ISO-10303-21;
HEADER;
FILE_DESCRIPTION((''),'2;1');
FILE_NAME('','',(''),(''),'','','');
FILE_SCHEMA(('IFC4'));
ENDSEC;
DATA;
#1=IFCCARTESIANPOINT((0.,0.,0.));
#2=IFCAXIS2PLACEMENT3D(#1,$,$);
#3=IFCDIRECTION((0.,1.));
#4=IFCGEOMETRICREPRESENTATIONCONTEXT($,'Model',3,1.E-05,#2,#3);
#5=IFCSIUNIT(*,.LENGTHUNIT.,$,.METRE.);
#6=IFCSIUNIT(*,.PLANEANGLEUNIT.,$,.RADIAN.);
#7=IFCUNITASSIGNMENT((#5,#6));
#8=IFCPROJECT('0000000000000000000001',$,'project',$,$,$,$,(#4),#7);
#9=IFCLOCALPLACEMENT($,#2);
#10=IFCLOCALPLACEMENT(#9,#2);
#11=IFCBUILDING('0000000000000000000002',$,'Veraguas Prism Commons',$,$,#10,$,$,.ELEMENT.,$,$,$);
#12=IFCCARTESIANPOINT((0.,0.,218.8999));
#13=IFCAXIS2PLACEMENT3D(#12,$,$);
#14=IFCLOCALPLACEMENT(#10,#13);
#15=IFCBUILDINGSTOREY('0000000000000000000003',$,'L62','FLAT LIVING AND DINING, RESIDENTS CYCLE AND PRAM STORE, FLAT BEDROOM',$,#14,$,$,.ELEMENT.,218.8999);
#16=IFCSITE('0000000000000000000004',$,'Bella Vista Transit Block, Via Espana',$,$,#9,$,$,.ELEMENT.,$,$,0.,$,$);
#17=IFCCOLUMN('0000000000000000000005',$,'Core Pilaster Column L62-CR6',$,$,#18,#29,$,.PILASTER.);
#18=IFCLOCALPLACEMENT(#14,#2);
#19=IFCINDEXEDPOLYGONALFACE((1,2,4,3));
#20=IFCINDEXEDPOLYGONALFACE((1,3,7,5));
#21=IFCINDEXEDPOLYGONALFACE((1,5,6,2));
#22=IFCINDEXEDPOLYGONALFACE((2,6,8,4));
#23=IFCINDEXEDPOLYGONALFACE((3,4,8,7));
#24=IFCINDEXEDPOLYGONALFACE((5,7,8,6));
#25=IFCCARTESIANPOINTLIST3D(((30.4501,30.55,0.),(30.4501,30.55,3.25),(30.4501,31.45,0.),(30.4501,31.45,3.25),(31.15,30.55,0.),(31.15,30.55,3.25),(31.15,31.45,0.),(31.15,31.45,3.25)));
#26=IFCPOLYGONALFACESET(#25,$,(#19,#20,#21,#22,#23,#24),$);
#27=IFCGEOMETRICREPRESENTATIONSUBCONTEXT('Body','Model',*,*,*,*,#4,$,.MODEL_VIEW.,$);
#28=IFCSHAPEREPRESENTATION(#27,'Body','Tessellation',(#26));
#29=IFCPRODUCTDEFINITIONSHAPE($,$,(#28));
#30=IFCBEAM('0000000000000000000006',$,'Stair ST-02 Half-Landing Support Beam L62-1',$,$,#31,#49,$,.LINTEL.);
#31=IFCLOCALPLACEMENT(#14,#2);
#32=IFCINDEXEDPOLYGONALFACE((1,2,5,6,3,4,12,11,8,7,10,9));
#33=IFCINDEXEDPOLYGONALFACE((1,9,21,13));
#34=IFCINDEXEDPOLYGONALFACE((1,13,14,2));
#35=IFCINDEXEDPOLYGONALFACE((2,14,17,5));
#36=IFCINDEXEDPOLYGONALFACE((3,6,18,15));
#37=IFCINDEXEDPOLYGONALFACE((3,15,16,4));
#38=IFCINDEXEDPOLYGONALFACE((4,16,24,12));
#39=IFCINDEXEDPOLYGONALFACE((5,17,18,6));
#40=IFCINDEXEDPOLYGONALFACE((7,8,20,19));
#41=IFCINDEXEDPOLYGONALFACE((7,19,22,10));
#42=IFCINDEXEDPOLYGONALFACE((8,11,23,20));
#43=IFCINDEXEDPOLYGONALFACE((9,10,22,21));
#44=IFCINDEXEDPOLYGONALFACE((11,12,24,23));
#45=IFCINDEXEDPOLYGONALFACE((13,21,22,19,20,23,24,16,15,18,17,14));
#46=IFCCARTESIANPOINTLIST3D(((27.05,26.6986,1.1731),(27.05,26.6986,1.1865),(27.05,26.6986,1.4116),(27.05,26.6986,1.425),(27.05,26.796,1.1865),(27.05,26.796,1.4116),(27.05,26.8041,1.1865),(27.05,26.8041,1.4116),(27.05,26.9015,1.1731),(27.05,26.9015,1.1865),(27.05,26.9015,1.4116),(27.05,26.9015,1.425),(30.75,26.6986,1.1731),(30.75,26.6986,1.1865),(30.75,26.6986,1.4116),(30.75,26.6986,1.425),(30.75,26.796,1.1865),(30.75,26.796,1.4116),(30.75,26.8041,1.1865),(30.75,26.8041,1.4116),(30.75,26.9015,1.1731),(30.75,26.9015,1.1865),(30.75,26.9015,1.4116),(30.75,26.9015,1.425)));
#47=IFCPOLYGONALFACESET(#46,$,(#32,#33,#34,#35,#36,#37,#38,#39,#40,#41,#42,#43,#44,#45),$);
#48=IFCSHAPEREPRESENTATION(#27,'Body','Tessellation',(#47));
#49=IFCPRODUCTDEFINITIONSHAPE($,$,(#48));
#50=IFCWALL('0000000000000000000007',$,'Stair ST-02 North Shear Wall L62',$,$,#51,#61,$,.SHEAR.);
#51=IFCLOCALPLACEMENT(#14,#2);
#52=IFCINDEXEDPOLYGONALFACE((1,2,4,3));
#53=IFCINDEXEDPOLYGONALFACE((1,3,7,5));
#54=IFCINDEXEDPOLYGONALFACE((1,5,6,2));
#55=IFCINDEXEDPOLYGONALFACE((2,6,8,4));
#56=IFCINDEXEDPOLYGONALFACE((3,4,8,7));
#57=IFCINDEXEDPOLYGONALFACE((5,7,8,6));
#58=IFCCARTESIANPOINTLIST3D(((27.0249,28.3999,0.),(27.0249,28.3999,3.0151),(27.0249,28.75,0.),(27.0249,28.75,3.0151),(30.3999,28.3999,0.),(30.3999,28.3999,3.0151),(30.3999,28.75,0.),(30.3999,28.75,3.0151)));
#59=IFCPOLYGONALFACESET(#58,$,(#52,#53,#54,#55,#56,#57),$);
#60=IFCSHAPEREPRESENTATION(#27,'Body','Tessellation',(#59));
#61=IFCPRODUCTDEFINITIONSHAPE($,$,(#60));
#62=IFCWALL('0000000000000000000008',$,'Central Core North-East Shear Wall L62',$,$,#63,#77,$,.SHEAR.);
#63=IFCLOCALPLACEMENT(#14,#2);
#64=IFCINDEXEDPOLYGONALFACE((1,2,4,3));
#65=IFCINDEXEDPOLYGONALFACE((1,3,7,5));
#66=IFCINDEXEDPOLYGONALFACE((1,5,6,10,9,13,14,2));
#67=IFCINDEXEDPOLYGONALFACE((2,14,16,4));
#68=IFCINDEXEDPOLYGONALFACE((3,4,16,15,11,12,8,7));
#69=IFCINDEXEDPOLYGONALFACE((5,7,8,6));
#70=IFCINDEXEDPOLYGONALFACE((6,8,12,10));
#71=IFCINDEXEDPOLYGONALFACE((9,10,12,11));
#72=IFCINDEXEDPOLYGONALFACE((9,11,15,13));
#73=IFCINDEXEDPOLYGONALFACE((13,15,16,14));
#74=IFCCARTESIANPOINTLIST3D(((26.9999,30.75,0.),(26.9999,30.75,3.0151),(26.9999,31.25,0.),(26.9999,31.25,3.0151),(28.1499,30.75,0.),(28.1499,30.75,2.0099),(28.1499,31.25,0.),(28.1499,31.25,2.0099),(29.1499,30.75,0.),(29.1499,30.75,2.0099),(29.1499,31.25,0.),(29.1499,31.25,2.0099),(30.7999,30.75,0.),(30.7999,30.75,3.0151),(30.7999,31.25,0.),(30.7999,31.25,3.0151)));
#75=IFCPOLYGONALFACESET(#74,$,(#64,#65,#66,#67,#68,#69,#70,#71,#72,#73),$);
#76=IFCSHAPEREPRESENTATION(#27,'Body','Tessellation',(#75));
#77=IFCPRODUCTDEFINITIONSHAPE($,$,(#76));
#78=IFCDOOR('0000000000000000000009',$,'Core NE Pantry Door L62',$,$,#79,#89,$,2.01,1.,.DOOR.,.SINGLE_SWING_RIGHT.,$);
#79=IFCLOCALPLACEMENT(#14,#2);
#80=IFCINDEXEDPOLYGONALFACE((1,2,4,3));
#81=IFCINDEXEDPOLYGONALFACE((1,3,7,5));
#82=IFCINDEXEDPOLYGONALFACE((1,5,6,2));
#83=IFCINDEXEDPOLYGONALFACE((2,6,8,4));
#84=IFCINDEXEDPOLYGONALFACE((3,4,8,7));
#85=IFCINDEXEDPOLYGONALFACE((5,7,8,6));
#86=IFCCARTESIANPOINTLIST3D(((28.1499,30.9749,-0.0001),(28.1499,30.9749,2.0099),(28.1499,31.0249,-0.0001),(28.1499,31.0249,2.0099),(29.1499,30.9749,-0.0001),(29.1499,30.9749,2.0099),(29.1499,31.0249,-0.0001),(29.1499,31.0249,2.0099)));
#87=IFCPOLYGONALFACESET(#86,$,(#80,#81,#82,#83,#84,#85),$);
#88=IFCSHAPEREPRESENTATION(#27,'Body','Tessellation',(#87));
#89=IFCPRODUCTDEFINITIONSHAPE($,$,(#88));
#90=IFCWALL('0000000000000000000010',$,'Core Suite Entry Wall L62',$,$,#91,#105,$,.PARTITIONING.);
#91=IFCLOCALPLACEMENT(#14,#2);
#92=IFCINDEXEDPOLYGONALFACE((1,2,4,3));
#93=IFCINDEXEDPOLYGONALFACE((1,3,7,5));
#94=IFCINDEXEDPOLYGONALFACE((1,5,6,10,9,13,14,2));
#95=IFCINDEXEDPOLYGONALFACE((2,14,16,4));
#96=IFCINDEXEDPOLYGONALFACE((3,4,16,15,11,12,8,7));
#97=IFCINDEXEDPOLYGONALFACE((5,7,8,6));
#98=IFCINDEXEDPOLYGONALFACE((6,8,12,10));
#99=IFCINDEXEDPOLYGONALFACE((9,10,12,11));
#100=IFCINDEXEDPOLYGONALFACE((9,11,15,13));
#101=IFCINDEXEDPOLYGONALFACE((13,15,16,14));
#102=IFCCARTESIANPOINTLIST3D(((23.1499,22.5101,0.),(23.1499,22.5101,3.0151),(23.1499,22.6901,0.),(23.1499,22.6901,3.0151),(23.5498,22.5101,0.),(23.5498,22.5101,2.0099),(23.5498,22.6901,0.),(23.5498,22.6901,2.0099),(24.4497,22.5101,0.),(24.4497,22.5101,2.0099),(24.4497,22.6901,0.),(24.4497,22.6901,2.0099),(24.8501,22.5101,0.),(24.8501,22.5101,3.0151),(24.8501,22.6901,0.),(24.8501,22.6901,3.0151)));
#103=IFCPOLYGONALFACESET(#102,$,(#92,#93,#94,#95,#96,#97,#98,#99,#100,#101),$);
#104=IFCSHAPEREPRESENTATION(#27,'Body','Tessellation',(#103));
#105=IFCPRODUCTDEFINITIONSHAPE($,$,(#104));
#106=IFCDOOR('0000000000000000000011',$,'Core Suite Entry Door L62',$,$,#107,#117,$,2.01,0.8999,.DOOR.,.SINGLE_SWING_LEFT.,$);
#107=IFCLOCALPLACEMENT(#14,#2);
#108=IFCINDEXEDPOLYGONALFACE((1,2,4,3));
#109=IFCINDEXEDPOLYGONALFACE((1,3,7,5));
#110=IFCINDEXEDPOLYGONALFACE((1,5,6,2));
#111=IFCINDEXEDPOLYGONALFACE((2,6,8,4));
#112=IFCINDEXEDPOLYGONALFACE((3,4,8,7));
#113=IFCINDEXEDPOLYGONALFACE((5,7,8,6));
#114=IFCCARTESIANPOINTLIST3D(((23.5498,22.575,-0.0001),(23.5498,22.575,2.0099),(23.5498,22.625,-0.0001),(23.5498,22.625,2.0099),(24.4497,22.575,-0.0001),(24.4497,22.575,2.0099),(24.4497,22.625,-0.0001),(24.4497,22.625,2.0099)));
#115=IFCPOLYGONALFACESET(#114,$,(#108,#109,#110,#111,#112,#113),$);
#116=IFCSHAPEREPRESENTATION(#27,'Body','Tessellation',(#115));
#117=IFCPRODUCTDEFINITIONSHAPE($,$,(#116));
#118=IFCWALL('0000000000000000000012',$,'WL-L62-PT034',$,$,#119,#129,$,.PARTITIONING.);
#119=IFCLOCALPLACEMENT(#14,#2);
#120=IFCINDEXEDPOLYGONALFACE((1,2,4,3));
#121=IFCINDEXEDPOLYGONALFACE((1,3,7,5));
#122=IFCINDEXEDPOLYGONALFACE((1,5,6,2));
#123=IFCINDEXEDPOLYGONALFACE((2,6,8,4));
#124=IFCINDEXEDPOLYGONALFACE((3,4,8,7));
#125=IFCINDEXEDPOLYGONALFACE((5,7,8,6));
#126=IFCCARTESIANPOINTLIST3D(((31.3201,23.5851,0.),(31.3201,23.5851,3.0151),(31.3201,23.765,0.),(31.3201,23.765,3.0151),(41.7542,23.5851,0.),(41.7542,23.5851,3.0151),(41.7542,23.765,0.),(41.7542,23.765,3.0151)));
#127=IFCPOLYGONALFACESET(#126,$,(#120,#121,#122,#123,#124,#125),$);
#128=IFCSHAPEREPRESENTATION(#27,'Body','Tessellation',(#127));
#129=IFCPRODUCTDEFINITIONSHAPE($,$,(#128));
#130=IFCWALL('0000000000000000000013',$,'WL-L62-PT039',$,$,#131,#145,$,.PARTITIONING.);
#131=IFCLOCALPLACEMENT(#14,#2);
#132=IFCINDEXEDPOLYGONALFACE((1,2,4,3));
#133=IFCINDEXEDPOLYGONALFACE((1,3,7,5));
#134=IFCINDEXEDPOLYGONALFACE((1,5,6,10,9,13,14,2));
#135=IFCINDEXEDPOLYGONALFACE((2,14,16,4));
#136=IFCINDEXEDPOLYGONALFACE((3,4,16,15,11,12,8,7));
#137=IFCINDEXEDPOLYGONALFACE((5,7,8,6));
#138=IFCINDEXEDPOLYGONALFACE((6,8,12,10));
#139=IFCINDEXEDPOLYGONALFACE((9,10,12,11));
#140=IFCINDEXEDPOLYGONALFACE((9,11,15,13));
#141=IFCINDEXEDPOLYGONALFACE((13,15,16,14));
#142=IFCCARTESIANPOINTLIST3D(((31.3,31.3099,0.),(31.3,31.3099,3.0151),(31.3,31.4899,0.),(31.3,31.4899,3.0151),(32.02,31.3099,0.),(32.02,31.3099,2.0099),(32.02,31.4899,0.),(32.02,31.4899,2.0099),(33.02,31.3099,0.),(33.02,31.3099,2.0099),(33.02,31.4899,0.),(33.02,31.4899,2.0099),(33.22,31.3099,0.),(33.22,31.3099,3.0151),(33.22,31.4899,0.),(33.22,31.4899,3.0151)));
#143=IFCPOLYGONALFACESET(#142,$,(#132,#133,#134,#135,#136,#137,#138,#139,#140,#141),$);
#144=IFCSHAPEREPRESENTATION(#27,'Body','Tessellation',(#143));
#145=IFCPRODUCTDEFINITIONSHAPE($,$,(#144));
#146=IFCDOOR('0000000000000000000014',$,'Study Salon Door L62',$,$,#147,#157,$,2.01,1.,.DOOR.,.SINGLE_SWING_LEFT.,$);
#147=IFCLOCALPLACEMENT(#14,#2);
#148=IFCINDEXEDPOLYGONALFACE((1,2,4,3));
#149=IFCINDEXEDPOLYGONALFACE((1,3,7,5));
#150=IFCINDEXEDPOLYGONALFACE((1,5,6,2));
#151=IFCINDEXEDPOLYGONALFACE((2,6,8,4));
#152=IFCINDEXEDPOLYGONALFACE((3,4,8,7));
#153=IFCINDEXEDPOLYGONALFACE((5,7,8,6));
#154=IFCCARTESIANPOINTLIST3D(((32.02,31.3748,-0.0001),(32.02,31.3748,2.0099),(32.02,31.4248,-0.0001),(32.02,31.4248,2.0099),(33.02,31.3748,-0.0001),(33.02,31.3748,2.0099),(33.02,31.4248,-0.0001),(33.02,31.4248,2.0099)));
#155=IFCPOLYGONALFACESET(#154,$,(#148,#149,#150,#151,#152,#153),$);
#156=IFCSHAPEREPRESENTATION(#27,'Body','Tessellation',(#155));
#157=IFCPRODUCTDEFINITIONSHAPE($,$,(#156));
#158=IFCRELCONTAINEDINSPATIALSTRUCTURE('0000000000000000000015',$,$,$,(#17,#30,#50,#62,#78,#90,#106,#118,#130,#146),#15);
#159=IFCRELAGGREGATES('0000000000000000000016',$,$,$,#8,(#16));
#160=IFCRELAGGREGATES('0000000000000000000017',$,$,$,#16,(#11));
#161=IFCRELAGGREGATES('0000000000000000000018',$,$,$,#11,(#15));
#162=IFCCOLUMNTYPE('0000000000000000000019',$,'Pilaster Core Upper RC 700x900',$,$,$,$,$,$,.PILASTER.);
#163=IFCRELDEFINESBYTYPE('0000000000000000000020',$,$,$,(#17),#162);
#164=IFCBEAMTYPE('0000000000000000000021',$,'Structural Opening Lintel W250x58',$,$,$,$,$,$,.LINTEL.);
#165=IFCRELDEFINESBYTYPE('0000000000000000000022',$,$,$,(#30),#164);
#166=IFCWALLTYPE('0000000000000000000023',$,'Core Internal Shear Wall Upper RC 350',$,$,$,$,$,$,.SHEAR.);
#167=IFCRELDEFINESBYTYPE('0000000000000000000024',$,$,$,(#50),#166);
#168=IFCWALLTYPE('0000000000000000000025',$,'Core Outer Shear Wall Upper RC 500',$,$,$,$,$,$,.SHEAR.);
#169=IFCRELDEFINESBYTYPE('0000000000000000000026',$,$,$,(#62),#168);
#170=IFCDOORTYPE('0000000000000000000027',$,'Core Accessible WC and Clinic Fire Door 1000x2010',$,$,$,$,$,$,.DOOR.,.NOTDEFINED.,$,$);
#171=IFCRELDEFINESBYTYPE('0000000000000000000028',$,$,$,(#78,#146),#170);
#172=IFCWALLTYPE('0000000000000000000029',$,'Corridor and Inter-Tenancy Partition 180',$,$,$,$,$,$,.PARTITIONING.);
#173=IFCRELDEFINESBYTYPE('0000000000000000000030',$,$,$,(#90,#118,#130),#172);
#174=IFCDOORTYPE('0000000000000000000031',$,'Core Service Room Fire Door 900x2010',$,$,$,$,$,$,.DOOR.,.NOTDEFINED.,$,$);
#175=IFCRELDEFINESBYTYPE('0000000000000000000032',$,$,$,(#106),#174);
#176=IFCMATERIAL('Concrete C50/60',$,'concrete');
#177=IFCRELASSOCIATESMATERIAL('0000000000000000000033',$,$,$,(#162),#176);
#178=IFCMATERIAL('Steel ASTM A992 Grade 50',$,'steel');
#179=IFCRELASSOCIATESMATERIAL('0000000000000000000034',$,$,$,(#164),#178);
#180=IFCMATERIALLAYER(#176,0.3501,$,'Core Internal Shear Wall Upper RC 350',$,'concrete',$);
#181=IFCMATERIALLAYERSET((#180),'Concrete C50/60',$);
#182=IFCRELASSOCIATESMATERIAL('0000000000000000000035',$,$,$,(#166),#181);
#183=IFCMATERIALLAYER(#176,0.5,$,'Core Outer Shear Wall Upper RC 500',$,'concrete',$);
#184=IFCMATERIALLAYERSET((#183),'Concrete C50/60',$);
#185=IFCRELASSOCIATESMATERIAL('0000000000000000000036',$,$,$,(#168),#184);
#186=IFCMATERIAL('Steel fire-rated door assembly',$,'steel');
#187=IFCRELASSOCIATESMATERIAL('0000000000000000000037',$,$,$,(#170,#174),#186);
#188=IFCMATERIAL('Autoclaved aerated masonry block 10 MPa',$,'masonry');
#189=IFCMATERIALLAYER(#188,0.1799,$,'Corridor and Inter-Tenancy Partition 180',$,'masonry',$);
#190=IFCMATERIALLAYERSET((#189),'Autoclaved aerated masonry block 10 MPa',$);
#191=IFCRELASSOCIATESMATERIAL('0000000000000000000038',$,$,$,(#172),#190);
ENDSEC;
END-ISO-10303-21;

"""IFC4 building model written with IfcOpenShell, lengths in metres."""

from ifc_helpers import new_model, si_unit, direction, frame, frame_2d, origin, origin_2d, place, context, subcontext, project, spatial, rectangle, i_section, extrude, source, transform, mapped, material, layer, layer_set, material_profile, profile_set, type_object, element, fill, save


model = new_model("IFC4")

# Units and contexts
model_context = context("Model", 3, precision=1e-05, world=origin(), true_north=direction((0.0, 1.0)))
body_context = subcontext(model_context, "Body", "Model", "MODEL_VIEW")
ifc_project = project(units=[si_unit("LENGTHUNIT", "METRE"), si_unit("PLANEANGLEUNIT", "RADIAN")], contexts=[model_context])

# Site, building, storey
site_placement = place(None, origin())
site = spatial("IfcSite", under=ifc_project, at=site_placement, Name="Bella Vista Transit Block, Via Espana", CompositionType="ELEMENT", RefElevation=0.0)
building_placement = place(site_placement, origin())
building = spatial("IfcBuilding", under=site, at=building_placement, Name="Veraguas Prism Commons", CompositionType="ELEMENT")
storey_placement = place(building_placement, frame((0.0, 0.0, 218.8999)))
storey = spatial("IfcBuildingStorey", under=building, at=storey_placement, Name="L62", Description="FLAT LIVING AND DINING, RESIDENTS CYCLE AND PRAM STORE, FLAT BEDROOM", CompositionType="ELEMENT", Elevation=218.8999)

# Column
ifc_material_1 = material(Name="Concrete C50/60", Category="concrete")
ifc_material_profile_1 = material_profile(ifc_material_1, rectangle(XDim=0.7, YDim=0.8999, at=origin_2d()), Name="RC700X900")
ifc_profile_set_1 = profile_set([ifc_material_profile_1], Name="Concrete C50/60")
column_type = type_object("IfcColumnType", Name="Pilaster Core Upper RC 700x900", PredefinedType="PILASTER", material=ifc_profile_set_1)
column_placement = place(storey_placement, frame((30.8, 31.0, 0.0), z_axis=(0.0, 0.0, 1.0), x_axis=(1.0, 0.0, 0.0)))
element("IfcColumn", 1, at=column_placement, inside=storey, type_object=column_type, Name="Core Pilaster Column L62-CR6", PredefinedType="PILASTER", context=body_context, shape_type="SweptSolid", body=[
    extrude(rectangle(XDim=0.7, YDim=0.8999, at=origin_2d()), origin(), (0.0, 0.0, 1.0), 3.25),
])

# Beam
ifc_material_2 = material(Name="Steel ASTM A992 Grade 50", Category="steel")
ifc_material_profile_2 = material_profile(ifc_material_2, i_section(OverallWidth=0.2029, OverallDepth=0.252, WebThickness=0.0081, FlangeThickness=0.0134, at=origin_2d()), Name="W250X58")
ifc_profile_set_2 = profile_set([ifc_material_profile_2], Name="Steel ASTM A992 Grade 50")
beam_type = type_object("IfcBeamType", Name="Structural Opening Lintel W250x58", PredefinedType="LINTEL", material=ifc_profile_set_2)
beam_placement = place(storey_placement, frame((27.05, 26.8, 1.2991), z_axis=(1.0, 0.0, 0.0), x_axis=(0.0, 1.0, 0.0)))
element("IfcBeam", 2, at=beam_placement, inside=storey, type_object=beam_type, Name="Stair ST-02 Half-Landing Support Beam L62-1", PredefinedType="LINTEL", context=body_context, shape_type="SweptSolid", body=[
    extrude(i_section(OverallWidth=0.2029, OverallDepth=0.252, WebThickness=0.0081, FlangeThickness=0.0134, at=origin_2d()), origin(), (0.0, 0.0, 1.0), 3.7),
])

# Wall
ifc_layer_1 = layer(ifc_material_1, 0.3501, Name="Core Internal Shear Wall Upper RC 350", Category="concrete")
ifc_layer_set_1 = layer_set([ifc_layer_1], Name="Concrete C50/60")
wall_type_1 = type_object("IfcWallType", Name="Core Internal Shear Wall Upper RC 350", PredefinedType="SHEAR", material=ifc_layer_set_1)
wall_1_placement = place(storey_placement, frame((27.0249, 28.575, 0.0), z_axis=(0.0, 0.0, 1.0), x_axis=(1.0, 0.0, 0.0)))
element("IfcWall", 3, at=wall_1_placement, inside=storey, type_object=wall_type_1, Name="Stair ST-02 North Shear Wall L62", PredefinedType="SHEAR", context=body_context, shape_type="SweptSolid", body=[
    extrude(rectangle(XDim=3.375, YDim=0.3501, at=frame_2d((1.6875, 0.0))), origin(), (0.0, 0.0, 1.0), 3.0151),
])

# Walls, openings, doors
ifc_layer_2 = layer(ifc_material_1, 0.5, Name="Core Outer Shear Wall Upper RC 500", Category="concrete")
ifc_layer_set_2 = layer_set([ifc_layer_2], Name="Concrete C50/60")
wall_type_2 = type_object("IfcWallType", Name="Core Outer Shear Wall Upper RC 500", PredefinedType="SHEAR", material=ifc_layer_set_2)
wall_2_placement = place(storey_placement, frame((27.0, 31.0, 0.0), z_axis=(0.0, 0.0, 1.0), x_axis=(1.0, 0.0, 0.0)))
wall_2 = element("IfcWall", 4, at=wall_2_placement, inside=storey, type_object=wall_type_2, Name="Central Core North-East Shear Wall L62", PredefinedType="SHEAR", context=body_context, shape_type="SweptSolid", body=[
    extrude(rectangle(XDim=3.8, YDim=0.5, at=frame_2d((1.8999, 0.0))), origin(), (0.0, 0.0, 1.0), 3.0151),
])
opening_1_placement = place(wall_2_placement, frame((1.1499, 0.0, 0.0)))
opening_1 = element("IfcOpeningElement", 5, at=opening_1_placement, cuts=wall_2, PredefinedType="OPENING", context=body_context, shape_type="SweptSolid", body=[
    extrude(rectangle(XDim=1.0, YDim=2.01, at=frame_2d((0.5, 1.0049))), frame((0.0, 0.26, 0.0), z_axis=(0.0, -1.0, 0.0), x_axis=(1.0, 0.0, 0.0)), (0.0, 0.0, 1.0), 0.52),
])
ifc_material_3 = material(Name="Steel fire-rated door assembly", Category="steel")
door_type_1 = type_object("IfcDoorType", Name="Core Accessible WC and Clinic Fire Door 1000x2010", OperationType="NOTDEFINED", PredefinedType="DOOR", material=ifc_material_3)
shared_shape_1 = source(origin(), body_context, "Body", "SweptSolid", [
    extrude(rectangle(XDim=1.0, YDim=2.01, at=frame_2d((0.5, 1.0049))), frame((0.0, 0.0249, 0.0), z_axis=(0.0, -1.0, 0.0), x_axis=(1.0, 0.0, 0.0)), (0.0, 0.0, 1.0), 0.05),
])
door_1_placement = place(opening_1_placement, origin())
door_1 = element("IfcDoor", 6, at=door_1_placement, inside=storey, type_object=door_type_1, Name="Core NE Pantry Door L62", OperationType="SINGLE_SWING_RIGHT", OverallHeight=2.01, OverallWidth=1.0, PredefinedType="DOOR", context=body_context, shape_type="MappedRepresentation", body=[
    mapped(shared_shape_1, transform((0.0, 0.0, 0.0), scale=1.0)),
])
fill(opening_1, door_1)
ifc_material_4 = material(Name="Autoclaved aerated masonry block 10 MPa", Category="masonry")
ifc_layer_3 = layer(ifc_material_4, 0.1799, Name="Corridor and Inter-Tenancy Partition 180", Category="masonry")
ifc_layer_set_3 = layer_set([ifc_layer_3], Name="Autoclaved aerated masonry block 10 MPa")
wall_type_3 = type_object("IfcWallType", Name="Corridor and Inter-Tenancy Partition 180", PredefinedType="PARTITIONING", material=ifc_layer_set_3)
wall_3_placement = place(storey_placement, frame((23.1499, 22.6001, 0.0), z_axis=(0.0, 0.0, 1.0), x_axis=(1.0, 0.0, 0.0)))
wall_3 = element("IfcWall", 7, at=wall_3_placement, inside=storey, type_object=wall_type_3, Name="Core Suite Entry Wall L62", PredefinedType="PARTITIONING", context=body_context, shape_type="SweptSolid", body=[
    extrude(rectangle(XDim=1.7002, YDim=0.1799, at=frame_2d((0.8501, 0.0))), origin(), (0.0, 0.0, 1.0), 3.0151),
])
opening_2_placement = place(wall_3_placement, frame((0.3999, 0.0, 0.0)))
opening_2 = element("IfcOpeningElement", 8, at=opening_2_placement, cuts=wall_3, PredefinedType="OPENING", context=body_context, shape_type="SweptSolid", body=[
    extrude(rectangle(XDim=0.8999, YDim=2.01, at=frame_2d((0.45, 1.0049))), frame((0.0, 0.0999, 0.0), z_axis=(0.0, -1.0, 0.0), x_axis=(1.0, 0.0, 0.0)), (0.0, 0.0, 1.0), 0.2),
])
door_type_2 = type_object("IfcDoorType", Name="Core Service Room Fire Door 900x2010", OperationType="NOTDEFINED", PredefinedType="DOOR", material=ifc_material_3)
shared_shape_2 = source(origin(), body_context, "Body", "SweptSolid", [
    extrude(rectangle(XDim=0.8999, YDim=2.01, at=frame_2d((0.45, 1.0049))), frame((0.0, 0.0249, 0.0), z_axis=(0.0, -1.0, 0.0), x_axis=(1.0, 0.0, 0.0)), (0.0, 0.0, 1.0), 0.05),
])
door_2_placement = place(opening_2_placement, origin())
door_2 = element("IfcDoor", 9, at=door_2_placement, inside=storey, type_object=door_type_2, Name="Core Suite Entry Door L62", OperationType="SINGLE_SWING_LEFT", OverallHeight=2.01, OverallWidth=0.8999, PredefinedType="DOOR", context=body_context, shape_type="MappedRepresentation", body=[
    mapped(shared_shape_2, transform((0.0, 0.0, 0.0), scale=1.0)),
])
fill(opening_2, door_2)

# Wall
wall_4_placement = place(storey_placement, frame((31.3201, 23.675, 0.0), z_axis=(0.0, 0.0, 1.0), x_axis=(1.0, 0.0, 0.0)))
element("IfcWall", 10, at=wall_4_placement, inside=storey, type_object=wall_type_3, Name="WL-L62-PT034", PredefinedType="PARTITIONING", context=body_context, shape_type="SweptSolid", body=[
    extrude(rectangle(XDim=10.4341, YDim=0.1799, at=frame_2d((5.217, 0.0))), origin(), (0.0, 0.0, 1.0), 3.0151),
])

# Wall, opening, door
wall_5_placement = place(storey_placement, frame((31.3, 31.3999, 0.0), z_axis=(0.0, 0.0, 1.0), x_axis=(1.0, 0.0, 0.0)))
wall_5 = element("IfcWall", 11, at=wall_5_placement, inside=storey, type_object=wall_type_3, Name="WL-L62-PT039", PredefinedType="PARTITIONING", context=body_context, shape_type="SweptSolid", body=[
    extrude(rectangle(XDim=1.9199, YDim=0.1799, at=frame_2d((0.96, 0.0))), origin(), (0.0, 0.0, 1.0), 3.0151),
])
opening_3_placement = place(wall_5_placement, frame((0.72, 0.0, 0.0)))
opening_3 = element("IfcOpeningElement", 12, at=opening_3_placement, cuts=wall_5, PredefinedType="OPENING", context=body_context, shape_type="SweptSolid", body=[
    extrude(rectangle(XDim=1.0, YDim=2.01, at=frame_2d((0.5, 1.0049))), frame((0.0, 0.0999, 0.0), z_axis=(0.0, -1.0, 0.0), x_axis=(1.0, 0.0, 0.0)), (0.0, 0.0, 1.0), 0.2),
])
door_3_placement = place(opening_3_placement, origin())
door_3 = element("IfcDoor", 13, at=door_3_placement, inside=storey, type_object=door_type_1, Name="Study Salon Door L62", OperationType="SINGLE_SWING_LEFT", OverallHeight=2.01, OverallWidth=1.0, PredefinedType="DOOR", context=body_context, shape_type="MappedRepresentation", body=[
    mapped(shared_shape_1, transform((0.0, 0.0, 0.0), scale=1.0)),
])
fill(opening_3, door_3)

save(model, "model.ifc")
